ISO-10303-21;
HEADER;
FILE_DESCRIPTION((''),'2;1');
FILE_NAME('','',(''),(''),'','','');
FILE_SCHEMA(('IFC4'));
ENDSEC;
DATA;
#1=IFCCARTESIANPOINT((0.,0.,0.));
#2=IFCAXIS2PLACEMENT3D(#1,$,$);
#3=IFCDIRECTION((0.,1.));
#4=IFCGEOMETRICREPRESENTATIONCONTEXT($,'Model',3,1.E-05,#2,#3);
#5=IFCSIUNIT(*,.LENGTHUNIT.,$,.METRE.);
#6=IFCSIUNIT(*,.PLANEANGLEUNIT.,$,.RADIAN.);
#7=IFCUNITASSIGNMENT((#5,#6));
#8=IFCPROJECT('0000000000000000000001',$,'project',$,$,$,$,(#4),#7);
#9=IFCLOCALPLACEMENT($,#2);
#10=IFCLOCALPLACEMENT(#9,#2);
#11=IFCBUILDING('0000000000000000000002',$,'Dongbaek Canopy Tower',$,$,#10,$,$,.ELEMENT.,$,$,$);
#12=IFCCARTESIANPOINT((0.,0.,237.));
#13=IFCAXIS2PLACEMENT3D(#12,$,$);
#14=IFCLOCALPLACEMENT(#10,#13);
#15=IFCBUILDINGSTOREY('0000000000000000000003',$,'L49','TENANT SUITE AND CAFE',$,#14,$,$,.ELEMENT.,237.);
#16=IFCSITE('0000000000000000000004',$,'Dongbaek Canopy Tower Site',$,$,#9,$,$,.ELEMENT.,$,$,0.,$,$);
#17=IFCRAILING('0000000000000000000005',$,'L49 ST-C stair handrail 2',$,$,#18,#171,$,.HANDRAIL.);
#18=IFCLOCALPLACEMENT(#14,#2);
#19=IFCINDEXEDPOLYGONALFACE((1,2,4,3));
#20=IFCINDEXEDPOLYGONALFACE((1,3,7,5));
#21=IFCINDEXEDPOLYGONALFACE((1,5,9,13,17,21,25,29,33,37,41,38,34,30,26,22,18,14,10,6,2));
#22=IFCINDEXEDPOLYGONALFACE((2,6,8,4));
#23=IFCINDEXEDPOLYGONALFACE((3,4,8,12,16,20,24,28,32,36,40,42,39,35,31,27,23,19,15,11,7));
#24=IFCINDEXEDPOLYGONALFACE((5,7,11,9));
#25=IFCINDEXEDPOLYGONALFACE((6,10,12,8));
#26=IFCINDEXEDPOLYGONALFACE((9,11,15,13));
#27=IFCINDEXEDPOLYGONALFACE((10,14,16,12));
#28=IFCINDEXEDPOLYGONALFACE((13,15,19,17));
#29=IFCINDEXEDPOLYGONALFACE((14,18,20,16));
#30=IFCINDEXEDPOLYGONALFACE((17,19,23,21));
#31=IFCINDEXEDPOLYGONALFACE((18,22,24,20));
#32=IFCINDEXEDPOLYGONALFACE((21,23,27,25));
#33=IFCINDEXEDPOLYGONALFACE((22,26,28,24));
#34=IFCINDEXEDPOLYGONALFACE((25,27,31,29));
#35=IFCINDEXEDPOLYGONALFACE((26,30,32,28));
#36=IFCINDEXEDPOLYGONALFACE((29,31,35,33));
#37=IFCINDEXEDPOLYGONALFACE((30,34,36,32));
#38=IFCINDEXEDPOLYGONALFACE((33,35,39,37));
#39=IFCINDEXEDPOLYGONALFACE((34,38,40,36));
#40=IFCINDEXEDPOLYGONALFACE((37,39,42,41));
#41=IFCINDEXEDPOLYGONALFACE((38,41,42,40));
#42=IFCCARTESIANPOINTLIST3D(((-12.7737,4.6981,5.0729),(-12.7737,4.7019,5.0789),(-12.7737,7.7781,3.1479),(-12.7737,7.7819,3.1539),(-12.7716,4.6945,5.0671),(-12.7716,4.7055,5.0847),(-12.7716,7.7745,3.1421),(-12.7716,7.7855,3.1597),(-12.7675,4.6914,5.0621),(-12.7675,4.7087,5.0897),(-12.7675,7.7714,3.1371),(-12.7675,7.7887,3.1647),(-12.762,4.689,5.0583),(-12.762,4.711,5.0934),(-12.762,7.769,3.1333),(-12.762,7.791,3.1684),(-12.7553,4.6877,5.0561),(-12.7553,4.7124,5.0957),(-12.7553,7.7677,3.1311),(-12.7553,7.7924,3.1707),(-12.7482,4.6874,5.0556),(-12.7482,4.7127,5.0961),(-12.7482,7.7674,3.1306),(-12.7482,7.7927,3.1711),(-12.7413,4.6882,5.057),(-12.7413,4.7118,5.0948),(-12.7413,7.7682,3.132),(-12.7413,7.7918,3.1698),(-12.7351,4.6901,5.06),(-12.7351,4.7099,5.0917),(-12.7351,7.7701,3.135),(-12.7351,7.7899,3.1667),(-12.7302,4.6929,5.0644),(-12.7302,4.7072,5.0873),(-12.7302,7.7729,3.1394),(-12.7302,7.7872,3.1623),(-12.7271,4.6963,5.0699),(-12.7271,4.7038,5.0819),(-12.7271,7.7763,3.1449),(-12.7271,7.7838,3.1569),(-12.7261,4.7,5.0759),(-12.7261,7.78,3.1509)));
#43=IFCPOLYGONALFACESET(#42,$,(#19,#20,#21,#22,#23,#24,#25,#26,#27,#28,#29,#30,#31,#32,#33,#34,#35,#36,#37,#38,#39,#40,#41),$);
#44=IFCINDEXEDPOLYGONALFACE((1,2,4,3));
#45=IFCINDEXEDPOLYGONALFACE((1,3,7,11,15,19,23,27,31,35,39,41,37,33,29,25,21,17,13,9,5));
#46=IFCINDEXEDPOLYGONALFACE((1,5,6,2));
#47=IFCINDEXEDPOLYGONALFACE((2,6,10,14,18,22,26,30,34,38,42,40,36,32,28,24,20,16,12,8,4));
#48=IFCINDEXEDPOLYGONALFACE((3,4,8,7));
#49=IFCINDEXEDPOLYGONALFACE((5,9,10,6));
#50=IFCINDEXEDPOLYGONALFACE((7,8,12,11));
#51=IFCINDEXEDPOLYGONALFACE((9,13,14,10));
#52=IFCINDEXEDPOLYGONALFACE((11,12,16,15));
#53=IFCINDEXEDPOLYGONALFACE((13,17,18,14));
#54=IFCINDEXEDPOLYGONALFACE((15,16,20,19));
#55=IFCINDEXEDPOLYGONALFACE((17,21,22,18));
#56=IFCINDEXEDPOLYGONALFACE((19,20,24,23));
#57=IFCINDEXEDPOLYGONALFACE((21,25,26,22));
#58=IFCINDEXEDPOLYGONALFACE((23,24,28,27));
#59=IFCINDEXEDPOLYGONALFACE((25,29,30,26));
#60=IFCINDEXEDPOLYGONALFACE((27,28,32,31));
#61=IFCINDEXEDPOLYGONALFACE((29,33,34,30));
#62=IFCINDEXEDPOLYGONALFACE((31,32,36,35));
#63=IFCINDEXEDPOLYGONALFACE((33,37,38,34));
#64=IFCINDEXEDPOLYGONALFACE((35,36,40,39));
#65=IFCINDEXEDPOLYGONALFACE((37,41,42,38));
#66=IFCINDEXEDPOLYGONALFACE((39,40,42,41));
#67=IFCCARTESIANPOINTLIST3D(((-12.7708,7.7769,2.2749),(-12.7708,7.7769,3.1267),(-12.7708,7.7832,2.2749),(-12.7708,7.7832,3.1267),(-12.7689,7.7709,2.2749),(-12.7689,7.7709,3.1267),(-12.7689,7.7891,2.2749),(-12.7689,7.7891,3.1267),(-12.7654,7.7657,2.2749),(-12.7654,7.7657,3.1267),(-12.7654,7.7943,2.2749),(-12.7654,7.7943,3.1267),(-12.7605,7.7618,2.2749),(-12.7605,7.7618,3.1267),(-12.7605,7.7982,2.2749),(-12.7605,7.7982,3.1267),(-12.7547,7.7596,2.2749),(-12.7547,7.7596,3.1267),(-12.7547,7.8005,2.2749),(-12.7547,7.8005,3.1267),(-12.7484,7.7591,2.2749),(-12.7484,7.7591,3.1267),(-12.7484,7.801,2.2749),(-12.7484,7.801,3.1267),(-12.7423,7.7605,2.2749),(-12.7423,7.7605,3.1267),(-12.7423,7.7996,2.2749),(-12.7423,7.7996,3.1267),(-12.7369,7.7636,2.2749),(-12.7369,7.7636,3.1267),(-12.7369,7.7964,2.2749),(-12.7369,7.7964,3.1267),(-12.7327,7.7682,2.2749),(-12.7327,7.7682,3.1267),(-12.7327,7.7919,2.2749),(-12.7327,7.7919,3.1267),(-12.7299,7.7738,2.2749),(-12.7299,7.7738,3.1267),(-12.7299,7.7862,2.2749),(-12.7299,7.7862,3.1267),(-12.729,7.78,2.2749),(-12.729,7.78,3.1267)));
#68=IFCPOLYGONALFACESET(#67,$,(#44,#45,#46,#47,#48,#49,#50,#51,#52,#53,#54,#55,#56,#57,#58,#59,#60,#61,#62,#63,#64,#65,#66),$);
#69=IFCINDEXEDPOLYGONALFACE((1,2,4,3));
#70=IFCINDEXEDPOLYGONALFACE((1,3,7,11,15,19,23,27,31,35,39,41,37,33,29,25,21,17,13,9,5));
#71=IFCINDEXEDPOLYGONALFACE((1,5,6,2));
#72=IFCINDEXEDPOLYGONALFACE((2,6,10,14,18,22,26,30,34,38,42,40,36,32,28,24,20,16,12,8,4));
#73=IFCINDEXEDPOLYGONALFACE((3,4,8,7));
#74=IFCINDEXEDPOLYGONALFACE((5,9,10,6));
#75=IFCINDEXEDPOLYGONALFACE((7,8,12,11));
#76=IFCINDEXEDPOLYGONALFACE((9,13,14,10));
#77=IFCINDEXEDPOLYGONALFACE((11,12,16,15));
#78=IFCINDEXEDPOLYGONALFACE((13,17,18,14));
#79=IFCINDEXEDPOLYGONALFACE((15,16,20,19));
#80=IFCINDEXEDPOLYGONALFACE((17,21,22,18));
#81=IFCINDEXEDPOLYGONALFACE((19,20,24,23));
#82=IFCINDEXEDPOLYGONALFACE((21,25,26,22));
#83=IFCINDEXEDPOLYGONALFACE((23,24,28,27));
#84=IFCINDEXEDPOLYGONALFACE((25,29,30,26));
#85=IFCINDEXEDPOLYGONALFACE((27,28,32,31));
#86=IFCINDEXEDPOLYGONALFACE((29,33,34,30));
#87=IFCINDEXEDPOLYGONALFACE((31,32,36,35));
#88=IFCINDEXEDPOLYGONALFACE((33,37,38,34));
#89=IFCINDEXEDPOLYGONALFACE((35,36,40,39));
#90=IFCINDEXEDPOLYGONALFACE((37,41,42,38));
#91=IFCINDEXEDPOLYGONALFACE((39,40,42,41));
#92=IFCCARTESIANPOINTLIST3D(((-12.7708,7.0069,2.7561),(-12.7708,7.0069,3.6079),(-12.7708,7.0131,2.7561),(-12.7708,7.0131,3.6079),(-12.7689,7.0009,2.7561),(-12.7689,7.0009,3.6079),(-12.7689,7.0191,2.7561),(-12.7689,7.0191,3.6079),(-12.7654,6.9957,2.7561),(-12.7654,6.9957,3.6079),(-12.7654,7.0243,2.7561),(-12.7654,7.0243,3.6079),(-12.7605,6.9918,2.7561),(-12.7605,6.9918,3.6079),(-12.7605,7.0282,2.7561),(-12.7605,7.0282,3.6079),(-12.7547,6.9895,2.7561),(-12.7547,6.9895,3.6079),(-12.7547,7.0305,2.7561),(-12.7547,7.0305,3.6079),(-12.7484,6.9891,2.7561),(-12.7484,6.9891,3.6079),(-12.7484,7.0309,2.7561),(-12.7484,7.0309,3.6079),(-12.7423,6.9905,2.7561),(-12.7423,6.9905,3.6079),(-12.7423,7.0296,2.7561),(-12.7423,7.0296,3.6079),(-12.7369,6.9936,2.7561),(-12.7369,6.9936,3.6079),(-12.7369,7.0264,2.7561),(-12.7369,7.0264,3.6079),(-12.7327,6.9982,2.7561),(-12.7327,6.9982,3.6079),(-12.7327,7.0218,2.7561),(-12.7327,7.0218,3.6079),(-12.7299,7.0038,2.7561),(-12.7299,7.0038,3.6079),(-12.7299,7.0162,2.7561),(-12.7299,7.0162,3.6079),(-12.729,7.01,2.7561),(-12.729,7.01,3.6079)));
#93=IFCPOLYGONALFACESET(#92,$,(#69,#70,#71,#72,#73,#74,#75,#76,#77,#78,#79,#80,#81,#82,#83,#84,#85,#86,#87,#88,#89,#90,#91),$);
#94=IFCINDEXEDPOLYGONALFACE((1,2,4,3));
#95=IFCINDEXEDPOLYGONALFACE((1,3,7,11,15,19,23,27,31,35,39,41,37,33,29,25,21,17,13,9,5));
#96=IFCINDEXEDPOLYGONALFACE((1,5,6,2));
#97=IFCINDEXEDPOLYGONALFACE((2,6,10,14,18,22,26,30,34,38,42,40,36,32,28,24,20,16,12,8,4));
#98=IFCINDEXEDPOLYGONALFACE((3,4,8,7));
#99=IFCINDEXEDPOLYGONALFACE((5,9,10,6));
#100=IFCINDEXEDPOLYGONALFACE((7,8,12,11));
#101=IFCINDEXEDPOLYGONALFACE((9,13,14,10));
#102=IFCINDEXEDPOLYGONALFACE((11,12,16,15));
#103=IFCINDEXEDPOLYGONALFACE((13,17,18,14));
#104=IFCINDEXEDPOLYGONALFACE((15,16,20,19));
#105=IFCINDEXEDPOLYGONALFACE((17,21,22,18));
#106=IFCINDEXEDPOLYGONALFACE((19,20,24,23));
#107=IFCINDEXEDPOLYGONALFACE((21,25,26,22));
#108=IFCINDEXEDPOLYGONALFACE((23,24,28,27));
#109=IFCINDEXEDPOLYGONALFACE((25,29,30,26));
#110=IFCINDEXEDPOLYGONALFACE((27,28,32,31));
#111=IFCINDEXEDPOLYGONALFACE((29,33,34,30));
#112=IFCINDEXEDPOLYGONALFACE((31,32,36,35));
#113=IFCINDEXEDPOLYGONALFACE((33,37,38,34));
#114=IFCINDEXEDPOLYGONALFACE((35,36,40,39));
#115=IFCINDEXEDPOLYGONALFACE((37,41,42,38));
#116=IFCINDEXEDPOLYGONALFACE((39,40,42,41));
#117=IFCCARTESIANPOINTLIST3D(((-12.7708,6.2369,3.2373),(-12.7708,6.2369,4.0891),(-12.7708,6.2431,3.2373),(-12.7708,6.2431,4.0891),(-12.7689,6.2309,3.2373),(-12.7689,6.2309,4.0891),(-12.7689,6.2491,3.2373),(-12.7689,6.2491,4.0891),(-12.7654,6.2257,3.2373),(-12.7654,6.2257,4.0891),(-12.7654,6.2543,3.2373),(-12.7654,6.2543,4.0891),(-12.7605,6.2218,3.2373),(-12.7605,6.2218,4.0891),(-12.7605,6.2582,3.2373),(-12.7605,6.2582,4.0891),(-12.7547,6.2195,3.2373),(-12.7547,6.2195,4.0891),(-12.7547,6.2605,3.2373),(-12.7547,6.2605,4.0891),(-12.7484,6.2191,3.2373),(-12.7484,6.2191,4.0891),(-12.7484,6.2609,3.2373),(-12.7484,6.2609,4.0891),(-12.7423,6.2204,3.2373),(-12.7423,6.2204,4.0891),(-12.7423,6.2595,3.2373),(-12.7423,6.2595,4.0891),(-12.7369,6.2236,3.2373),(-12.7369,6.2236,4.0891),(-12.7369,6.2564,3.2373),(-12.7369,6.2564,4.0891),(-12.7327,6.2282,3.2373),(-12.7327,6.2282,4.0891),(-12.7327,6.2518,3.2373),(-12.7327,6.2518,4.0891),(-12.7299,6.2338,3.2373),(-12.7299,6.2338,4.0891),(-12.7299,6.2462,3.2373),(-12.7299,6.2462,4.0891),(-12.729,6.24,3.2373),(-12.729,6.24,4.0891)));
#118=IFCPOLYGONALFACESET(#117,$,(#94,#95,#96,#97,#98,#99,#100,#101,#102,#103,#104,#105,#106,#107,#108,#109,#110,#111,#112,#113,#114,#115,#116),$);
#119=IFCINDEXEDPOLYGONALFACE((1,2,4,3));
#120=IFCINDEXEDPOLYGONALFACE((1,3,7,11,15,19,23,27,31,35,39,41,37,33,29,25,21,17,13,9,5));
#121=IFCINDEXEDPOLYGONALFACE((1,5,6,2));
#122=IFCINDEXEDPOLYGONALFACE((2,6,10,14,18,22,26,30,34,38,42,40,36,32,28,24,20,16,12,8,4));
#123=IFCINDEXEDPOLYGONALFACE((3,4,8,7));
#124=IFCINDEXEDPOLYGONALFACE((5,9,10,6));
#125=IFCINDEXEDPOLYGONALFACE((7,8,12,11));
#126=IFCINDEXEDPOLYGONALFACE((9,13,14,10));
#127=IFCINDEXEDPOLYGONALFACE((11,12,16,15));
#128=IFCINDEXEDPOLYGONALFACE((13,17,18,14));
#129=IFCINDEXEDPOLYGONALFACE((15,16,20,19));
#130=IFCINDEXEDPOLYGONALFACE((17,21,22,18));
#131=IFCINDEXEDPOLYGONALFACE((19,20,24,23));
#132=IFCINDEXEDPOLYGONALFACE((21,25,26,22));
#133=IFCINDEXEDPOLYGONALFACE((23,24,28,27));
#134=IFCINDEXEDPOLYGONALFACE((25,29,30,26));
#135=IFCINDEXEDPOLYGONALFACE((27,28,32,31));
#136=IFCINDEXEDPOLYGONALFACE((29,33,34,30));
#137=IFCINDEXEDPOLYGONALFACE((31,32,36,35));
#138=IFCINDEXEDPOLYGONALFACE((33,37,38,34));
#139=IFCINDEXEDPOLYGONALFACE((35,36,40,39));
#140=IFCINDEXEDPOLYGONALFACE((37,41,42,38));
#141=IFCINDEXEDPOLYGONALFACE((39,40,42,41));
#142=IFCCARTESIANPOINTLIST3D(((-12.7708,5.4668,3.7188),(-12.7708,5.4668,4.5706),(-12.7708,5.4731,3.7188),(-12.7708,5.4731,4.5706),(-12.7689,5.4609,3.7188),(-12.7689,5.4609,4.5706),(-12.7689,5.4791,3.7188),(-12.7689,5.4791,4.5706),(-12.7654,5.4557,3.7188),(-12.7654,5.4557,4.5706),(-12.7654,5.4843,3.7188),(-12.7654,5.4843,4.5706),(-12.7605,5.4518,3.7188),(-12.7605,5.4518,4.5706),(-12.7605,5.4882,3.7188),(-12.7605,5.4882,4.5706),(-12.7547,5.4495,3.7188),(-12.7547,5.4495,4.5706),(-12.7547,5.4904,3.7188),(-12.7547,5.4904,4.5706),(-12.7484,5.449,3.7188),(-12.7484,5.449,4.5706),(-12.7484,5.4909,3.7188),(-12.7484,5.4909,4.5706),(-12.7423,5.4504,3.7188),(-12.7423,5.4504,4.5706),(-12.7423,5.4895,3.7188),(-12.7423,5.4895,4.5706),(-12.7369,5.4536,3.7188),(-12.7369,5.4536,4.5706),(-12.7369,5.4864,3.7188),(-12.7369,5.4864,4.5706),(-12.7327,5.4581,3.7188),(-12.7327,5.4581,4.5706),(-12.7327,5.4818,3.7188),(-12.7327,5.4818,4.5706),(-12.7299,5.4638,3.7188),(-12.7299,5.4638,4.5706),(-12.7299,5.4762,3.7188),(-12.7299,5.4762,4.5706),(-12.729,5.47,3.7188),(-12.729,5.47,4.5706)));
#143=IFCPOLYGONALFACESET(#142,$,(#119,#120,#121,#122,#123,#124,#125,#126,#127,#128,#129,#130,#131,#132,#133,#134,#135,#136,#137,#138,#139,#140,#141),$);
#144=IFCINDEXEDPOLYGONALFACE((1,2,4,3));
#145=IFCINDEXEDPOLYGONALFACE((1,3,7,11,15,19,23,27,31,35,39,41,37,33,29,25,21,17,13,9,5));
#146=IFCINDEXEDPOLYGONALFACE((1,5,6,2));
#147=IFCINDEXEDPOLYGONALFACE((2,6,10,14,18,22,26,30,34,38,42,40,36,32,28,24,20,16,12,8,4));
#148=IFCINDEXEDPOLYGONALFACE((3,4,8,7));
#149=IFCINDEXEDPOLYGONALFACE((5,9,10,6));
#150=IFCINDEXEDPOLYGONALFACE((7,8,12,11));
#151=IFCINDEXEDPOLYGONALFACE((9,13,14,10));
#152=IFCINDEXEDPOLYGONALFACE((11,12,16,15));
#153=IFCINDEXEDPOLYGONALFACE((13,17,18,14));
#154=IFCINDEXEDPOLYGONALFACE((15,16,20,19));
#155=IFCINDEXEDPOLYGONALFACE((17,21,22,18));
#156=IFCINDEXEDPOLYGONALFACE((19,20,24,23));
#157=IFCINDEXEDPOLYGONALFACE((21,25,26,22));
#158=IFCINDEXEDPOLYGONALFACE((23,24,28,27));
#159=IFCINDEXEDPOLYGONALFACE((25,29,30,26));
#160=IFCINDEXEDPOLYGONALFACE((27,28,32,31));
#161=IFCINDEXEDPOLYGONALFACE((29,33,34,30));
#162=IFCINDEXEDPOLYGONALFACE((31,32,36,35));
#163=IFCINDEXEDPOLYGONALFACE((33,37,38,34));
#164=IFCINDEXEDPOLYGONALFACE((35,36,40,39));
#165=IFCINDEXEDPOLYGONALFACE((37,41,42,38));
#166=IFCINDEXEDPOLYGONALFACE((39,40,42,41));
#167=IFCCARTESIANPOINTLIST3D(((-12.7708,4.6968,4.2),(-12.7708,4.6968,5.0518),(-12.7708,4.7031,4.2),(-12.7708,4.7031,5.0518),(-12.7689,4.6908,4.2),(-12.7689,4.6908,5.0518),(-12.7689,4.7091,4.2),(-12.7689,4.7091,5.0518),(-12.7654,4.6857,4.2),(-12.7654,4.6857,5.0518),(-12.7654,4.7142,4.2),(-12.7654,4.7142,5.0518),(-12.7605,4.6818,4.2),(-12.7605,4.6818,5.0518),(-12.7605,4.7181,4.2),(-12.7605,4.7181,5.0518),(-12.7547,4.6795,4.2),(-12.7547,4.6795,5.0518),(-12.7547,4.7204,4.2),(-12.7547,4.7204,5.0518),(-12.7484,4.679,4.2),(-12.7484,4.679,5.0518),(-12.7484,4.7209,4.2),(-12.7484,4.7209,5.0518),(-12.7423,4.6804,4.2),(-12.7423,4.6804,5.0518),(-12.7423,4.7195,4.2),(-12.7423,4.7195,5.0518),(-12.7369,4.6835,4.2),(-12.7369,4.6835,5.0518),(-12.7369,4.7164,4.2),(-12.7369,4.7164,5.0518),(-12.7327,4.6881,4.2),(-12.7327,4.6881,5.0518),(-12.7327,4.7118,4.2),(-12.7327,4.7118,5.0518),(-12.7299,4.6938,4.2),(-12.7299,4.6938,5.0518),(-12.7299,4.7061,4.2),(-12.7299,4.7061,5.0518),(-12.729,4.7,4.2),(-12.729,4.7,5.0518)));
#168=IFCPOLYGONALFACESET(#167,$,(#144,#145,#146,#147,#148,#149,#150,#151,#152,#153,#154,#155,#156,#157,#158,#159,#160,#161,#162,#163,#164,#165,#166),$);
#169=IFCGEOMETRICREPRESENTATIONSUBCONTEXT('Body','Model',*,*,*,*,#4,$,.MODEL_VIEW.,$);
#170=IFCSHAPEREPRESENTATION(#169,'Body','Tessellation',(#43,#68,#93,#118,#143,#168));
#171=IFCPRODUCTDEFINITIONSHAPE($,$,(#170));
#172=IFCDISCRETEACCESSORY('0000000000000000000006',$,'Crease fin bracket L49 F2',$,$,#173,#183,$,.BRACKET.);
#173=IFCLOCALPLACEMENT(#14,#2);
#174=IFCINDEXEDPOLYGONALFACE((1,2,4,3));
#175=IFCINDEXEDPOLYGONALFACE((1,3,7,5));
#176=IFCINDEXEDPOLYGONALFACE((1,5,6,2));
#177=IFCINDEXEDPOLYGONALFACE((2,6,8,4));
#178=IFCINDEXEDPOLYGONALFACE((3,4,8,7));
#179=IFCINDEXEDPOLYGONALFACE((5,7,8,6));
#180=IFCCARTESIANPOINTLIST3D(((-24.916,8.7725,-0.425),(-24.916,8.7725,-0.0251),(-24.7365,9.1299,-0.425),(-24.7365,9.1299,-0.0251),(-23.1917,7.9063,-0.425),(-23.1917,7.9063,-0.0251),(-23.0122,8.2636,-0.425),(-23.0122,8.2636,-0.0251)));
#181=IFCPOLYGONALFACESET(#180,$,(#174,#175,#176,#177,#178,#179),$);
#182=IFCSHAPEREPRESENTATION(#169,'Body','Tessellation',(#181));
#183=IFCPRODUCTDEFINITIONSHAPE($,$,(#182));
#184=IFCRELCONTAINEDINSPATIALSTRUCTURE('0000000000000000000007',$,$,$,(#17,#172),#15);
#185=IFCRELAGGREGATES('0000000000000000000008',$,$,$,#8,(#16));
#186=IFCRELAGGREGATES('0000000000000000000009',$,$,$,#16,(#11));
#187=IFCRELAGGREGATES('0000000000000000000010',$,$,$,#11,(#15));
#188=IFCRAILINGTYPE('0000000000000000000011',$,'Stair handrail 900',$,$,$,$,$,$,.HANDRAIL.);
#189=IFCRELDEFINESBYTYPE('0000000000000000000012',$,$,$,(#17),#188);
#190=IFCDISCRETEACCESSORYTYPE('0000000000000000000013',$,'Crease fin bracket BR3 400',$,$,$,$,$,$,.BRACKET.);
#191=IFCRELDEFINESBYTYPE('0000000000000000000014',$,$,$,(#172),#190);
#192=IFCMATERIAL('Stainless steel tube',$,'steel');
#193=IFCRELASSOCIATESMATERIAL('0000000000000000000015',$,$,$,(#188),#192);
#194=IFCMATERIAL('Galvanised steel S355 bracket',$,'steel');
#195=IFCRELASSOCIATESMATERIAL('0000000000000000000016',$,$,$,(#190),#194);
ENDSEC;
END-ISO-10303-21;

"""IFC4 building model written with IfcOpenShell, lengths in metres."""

from ifc_helpers import new_model, si_unit, direction, frame, origin, origin_2d, place, context, subcontext, project, spatial, rectangle, circle, extrude, material, type_object, element, save


model = new_model("IFC4")

# Units and contexts
model_context = context("Model", 3, precision=1e-05, world=origin(), true_north=direction((0.0, 1.0)))
body_context = subcontext(model_context, "Body", "Model", "MODEL_VIEW")
ifc_project = project(units=[si_unit("LENGTHUNIT", "METRE"), si_unit("PLANEANGLEUNIT", "RADIAN")], contexts=[model_context])

# Site, building, storey
site_placement = place(None, origin())
site = spatial("IfcSite", under=ifc_project, at=site_placement, Name="Dongbaek Canopy Tower Site", CompositionType="ELEMENT", RefElevation=0.0)
building_placement = place(site_placement, origin())
building = spatial("IfcBuilding", under=site, at=building_placement, Name="Dongbaek Canopy Tower", CompositionType="ELEMENT")
storey_placement = place(building_placement, frame((0.0, 0.0, 237.0)))
storey = spatial("IfcBuildingStorey", under=building, at=storey_placement, Name="L49", Description="TENANT SUITE AND CAFE", CompositionType="ELEMENT", Elevation=237.0)

# Railing
ifc_material_1 = material(Name="Stainless steel tube", Category="steel")
railing_type_1 = type_object("IfcRailingType", Name="Stair handrail 900", PredefinedType="HANDRAIL", material=ifc_material_1)
railing_1_placement = place(storey_placement, frame((-12.75, 7.78, 2.2749)))
element("IfcRailing", 1, at=railing_1_placement, inside=storey, type_object=railing_type_1, Name="L49 ST-C stair handrail 2", PredefinedType="HANDRAIL", context=body_context, shape_type="SweptSolid", body=[
    extrude(circle(Radius=0.0239, at=origin_2d()), frame((0.0, 0.0, 0.876), z_axis=(0.0, -0.847998, 0.529999), x_axis=(1.0, 0.0, 0.0)), (0.0, 0.0, 1.0), 3.6321),
    extrude(circle(Radius=0.021, at=origin_2d()), origin(), (0.0, 0.0, 1.0), 0.8518),
    extrude(circle(Radius=0.021, at=origin_2d()), frame((0.0, -0.77, 0.4812)), (0.0, 0.0, 1.0), 0.8518),
    extrude(circle(Radius=0.021, at=origin_2d()), frame((0.0, -1.54, 0.9624)), (0.0, 0.0, 1.0), 0.8518),
    extrude(circle(Radius=0.021, at=origin_2d()), frame((0.0, -2.3101, 1.4438)), (0.0, 0.0, 1.0), 0.8518),
    extrude(circle(Radius=0.021, at=origin_2d()), frame((0.0, -3.0801, 1.925)), (0.0, 0.0, 1.0), 0.8518),
])

# Discrete accessory
ifc_material_2 = material(Name="Galvanised steel S355 bracket", Category="steel")
discrete_accessory_type = type_object("IfcDiscreteAccessoryType", Name="Crease fin bracket BR3 400", PredefinedType="BRACKET", material=ifc_material_2)
discrete_accessory_placement = place(storey_placement, frame((-23.9641, 8.5181, -0.425), z_axis=(0.0, 0.0, 1.0), x_axis=(-0.893578, 0.448909, 0.0)))
element("IfcDiscreteAccessory", 2, at=discrete_accessory_placement, inside=storey, type_object=discrete_accessory_type, Name="Crease fin bracket L49 F2", PredefinedType="BRACKET", context=body_context, shape_type="SweptSolid", body=[
    extrude(rectangle(XDim=1.9297, YDim=0.3999, at=origin_2d()), origin(), (0.0, 0.0, 1.0), 0.3999),
])

save(model, "model.ifc")
